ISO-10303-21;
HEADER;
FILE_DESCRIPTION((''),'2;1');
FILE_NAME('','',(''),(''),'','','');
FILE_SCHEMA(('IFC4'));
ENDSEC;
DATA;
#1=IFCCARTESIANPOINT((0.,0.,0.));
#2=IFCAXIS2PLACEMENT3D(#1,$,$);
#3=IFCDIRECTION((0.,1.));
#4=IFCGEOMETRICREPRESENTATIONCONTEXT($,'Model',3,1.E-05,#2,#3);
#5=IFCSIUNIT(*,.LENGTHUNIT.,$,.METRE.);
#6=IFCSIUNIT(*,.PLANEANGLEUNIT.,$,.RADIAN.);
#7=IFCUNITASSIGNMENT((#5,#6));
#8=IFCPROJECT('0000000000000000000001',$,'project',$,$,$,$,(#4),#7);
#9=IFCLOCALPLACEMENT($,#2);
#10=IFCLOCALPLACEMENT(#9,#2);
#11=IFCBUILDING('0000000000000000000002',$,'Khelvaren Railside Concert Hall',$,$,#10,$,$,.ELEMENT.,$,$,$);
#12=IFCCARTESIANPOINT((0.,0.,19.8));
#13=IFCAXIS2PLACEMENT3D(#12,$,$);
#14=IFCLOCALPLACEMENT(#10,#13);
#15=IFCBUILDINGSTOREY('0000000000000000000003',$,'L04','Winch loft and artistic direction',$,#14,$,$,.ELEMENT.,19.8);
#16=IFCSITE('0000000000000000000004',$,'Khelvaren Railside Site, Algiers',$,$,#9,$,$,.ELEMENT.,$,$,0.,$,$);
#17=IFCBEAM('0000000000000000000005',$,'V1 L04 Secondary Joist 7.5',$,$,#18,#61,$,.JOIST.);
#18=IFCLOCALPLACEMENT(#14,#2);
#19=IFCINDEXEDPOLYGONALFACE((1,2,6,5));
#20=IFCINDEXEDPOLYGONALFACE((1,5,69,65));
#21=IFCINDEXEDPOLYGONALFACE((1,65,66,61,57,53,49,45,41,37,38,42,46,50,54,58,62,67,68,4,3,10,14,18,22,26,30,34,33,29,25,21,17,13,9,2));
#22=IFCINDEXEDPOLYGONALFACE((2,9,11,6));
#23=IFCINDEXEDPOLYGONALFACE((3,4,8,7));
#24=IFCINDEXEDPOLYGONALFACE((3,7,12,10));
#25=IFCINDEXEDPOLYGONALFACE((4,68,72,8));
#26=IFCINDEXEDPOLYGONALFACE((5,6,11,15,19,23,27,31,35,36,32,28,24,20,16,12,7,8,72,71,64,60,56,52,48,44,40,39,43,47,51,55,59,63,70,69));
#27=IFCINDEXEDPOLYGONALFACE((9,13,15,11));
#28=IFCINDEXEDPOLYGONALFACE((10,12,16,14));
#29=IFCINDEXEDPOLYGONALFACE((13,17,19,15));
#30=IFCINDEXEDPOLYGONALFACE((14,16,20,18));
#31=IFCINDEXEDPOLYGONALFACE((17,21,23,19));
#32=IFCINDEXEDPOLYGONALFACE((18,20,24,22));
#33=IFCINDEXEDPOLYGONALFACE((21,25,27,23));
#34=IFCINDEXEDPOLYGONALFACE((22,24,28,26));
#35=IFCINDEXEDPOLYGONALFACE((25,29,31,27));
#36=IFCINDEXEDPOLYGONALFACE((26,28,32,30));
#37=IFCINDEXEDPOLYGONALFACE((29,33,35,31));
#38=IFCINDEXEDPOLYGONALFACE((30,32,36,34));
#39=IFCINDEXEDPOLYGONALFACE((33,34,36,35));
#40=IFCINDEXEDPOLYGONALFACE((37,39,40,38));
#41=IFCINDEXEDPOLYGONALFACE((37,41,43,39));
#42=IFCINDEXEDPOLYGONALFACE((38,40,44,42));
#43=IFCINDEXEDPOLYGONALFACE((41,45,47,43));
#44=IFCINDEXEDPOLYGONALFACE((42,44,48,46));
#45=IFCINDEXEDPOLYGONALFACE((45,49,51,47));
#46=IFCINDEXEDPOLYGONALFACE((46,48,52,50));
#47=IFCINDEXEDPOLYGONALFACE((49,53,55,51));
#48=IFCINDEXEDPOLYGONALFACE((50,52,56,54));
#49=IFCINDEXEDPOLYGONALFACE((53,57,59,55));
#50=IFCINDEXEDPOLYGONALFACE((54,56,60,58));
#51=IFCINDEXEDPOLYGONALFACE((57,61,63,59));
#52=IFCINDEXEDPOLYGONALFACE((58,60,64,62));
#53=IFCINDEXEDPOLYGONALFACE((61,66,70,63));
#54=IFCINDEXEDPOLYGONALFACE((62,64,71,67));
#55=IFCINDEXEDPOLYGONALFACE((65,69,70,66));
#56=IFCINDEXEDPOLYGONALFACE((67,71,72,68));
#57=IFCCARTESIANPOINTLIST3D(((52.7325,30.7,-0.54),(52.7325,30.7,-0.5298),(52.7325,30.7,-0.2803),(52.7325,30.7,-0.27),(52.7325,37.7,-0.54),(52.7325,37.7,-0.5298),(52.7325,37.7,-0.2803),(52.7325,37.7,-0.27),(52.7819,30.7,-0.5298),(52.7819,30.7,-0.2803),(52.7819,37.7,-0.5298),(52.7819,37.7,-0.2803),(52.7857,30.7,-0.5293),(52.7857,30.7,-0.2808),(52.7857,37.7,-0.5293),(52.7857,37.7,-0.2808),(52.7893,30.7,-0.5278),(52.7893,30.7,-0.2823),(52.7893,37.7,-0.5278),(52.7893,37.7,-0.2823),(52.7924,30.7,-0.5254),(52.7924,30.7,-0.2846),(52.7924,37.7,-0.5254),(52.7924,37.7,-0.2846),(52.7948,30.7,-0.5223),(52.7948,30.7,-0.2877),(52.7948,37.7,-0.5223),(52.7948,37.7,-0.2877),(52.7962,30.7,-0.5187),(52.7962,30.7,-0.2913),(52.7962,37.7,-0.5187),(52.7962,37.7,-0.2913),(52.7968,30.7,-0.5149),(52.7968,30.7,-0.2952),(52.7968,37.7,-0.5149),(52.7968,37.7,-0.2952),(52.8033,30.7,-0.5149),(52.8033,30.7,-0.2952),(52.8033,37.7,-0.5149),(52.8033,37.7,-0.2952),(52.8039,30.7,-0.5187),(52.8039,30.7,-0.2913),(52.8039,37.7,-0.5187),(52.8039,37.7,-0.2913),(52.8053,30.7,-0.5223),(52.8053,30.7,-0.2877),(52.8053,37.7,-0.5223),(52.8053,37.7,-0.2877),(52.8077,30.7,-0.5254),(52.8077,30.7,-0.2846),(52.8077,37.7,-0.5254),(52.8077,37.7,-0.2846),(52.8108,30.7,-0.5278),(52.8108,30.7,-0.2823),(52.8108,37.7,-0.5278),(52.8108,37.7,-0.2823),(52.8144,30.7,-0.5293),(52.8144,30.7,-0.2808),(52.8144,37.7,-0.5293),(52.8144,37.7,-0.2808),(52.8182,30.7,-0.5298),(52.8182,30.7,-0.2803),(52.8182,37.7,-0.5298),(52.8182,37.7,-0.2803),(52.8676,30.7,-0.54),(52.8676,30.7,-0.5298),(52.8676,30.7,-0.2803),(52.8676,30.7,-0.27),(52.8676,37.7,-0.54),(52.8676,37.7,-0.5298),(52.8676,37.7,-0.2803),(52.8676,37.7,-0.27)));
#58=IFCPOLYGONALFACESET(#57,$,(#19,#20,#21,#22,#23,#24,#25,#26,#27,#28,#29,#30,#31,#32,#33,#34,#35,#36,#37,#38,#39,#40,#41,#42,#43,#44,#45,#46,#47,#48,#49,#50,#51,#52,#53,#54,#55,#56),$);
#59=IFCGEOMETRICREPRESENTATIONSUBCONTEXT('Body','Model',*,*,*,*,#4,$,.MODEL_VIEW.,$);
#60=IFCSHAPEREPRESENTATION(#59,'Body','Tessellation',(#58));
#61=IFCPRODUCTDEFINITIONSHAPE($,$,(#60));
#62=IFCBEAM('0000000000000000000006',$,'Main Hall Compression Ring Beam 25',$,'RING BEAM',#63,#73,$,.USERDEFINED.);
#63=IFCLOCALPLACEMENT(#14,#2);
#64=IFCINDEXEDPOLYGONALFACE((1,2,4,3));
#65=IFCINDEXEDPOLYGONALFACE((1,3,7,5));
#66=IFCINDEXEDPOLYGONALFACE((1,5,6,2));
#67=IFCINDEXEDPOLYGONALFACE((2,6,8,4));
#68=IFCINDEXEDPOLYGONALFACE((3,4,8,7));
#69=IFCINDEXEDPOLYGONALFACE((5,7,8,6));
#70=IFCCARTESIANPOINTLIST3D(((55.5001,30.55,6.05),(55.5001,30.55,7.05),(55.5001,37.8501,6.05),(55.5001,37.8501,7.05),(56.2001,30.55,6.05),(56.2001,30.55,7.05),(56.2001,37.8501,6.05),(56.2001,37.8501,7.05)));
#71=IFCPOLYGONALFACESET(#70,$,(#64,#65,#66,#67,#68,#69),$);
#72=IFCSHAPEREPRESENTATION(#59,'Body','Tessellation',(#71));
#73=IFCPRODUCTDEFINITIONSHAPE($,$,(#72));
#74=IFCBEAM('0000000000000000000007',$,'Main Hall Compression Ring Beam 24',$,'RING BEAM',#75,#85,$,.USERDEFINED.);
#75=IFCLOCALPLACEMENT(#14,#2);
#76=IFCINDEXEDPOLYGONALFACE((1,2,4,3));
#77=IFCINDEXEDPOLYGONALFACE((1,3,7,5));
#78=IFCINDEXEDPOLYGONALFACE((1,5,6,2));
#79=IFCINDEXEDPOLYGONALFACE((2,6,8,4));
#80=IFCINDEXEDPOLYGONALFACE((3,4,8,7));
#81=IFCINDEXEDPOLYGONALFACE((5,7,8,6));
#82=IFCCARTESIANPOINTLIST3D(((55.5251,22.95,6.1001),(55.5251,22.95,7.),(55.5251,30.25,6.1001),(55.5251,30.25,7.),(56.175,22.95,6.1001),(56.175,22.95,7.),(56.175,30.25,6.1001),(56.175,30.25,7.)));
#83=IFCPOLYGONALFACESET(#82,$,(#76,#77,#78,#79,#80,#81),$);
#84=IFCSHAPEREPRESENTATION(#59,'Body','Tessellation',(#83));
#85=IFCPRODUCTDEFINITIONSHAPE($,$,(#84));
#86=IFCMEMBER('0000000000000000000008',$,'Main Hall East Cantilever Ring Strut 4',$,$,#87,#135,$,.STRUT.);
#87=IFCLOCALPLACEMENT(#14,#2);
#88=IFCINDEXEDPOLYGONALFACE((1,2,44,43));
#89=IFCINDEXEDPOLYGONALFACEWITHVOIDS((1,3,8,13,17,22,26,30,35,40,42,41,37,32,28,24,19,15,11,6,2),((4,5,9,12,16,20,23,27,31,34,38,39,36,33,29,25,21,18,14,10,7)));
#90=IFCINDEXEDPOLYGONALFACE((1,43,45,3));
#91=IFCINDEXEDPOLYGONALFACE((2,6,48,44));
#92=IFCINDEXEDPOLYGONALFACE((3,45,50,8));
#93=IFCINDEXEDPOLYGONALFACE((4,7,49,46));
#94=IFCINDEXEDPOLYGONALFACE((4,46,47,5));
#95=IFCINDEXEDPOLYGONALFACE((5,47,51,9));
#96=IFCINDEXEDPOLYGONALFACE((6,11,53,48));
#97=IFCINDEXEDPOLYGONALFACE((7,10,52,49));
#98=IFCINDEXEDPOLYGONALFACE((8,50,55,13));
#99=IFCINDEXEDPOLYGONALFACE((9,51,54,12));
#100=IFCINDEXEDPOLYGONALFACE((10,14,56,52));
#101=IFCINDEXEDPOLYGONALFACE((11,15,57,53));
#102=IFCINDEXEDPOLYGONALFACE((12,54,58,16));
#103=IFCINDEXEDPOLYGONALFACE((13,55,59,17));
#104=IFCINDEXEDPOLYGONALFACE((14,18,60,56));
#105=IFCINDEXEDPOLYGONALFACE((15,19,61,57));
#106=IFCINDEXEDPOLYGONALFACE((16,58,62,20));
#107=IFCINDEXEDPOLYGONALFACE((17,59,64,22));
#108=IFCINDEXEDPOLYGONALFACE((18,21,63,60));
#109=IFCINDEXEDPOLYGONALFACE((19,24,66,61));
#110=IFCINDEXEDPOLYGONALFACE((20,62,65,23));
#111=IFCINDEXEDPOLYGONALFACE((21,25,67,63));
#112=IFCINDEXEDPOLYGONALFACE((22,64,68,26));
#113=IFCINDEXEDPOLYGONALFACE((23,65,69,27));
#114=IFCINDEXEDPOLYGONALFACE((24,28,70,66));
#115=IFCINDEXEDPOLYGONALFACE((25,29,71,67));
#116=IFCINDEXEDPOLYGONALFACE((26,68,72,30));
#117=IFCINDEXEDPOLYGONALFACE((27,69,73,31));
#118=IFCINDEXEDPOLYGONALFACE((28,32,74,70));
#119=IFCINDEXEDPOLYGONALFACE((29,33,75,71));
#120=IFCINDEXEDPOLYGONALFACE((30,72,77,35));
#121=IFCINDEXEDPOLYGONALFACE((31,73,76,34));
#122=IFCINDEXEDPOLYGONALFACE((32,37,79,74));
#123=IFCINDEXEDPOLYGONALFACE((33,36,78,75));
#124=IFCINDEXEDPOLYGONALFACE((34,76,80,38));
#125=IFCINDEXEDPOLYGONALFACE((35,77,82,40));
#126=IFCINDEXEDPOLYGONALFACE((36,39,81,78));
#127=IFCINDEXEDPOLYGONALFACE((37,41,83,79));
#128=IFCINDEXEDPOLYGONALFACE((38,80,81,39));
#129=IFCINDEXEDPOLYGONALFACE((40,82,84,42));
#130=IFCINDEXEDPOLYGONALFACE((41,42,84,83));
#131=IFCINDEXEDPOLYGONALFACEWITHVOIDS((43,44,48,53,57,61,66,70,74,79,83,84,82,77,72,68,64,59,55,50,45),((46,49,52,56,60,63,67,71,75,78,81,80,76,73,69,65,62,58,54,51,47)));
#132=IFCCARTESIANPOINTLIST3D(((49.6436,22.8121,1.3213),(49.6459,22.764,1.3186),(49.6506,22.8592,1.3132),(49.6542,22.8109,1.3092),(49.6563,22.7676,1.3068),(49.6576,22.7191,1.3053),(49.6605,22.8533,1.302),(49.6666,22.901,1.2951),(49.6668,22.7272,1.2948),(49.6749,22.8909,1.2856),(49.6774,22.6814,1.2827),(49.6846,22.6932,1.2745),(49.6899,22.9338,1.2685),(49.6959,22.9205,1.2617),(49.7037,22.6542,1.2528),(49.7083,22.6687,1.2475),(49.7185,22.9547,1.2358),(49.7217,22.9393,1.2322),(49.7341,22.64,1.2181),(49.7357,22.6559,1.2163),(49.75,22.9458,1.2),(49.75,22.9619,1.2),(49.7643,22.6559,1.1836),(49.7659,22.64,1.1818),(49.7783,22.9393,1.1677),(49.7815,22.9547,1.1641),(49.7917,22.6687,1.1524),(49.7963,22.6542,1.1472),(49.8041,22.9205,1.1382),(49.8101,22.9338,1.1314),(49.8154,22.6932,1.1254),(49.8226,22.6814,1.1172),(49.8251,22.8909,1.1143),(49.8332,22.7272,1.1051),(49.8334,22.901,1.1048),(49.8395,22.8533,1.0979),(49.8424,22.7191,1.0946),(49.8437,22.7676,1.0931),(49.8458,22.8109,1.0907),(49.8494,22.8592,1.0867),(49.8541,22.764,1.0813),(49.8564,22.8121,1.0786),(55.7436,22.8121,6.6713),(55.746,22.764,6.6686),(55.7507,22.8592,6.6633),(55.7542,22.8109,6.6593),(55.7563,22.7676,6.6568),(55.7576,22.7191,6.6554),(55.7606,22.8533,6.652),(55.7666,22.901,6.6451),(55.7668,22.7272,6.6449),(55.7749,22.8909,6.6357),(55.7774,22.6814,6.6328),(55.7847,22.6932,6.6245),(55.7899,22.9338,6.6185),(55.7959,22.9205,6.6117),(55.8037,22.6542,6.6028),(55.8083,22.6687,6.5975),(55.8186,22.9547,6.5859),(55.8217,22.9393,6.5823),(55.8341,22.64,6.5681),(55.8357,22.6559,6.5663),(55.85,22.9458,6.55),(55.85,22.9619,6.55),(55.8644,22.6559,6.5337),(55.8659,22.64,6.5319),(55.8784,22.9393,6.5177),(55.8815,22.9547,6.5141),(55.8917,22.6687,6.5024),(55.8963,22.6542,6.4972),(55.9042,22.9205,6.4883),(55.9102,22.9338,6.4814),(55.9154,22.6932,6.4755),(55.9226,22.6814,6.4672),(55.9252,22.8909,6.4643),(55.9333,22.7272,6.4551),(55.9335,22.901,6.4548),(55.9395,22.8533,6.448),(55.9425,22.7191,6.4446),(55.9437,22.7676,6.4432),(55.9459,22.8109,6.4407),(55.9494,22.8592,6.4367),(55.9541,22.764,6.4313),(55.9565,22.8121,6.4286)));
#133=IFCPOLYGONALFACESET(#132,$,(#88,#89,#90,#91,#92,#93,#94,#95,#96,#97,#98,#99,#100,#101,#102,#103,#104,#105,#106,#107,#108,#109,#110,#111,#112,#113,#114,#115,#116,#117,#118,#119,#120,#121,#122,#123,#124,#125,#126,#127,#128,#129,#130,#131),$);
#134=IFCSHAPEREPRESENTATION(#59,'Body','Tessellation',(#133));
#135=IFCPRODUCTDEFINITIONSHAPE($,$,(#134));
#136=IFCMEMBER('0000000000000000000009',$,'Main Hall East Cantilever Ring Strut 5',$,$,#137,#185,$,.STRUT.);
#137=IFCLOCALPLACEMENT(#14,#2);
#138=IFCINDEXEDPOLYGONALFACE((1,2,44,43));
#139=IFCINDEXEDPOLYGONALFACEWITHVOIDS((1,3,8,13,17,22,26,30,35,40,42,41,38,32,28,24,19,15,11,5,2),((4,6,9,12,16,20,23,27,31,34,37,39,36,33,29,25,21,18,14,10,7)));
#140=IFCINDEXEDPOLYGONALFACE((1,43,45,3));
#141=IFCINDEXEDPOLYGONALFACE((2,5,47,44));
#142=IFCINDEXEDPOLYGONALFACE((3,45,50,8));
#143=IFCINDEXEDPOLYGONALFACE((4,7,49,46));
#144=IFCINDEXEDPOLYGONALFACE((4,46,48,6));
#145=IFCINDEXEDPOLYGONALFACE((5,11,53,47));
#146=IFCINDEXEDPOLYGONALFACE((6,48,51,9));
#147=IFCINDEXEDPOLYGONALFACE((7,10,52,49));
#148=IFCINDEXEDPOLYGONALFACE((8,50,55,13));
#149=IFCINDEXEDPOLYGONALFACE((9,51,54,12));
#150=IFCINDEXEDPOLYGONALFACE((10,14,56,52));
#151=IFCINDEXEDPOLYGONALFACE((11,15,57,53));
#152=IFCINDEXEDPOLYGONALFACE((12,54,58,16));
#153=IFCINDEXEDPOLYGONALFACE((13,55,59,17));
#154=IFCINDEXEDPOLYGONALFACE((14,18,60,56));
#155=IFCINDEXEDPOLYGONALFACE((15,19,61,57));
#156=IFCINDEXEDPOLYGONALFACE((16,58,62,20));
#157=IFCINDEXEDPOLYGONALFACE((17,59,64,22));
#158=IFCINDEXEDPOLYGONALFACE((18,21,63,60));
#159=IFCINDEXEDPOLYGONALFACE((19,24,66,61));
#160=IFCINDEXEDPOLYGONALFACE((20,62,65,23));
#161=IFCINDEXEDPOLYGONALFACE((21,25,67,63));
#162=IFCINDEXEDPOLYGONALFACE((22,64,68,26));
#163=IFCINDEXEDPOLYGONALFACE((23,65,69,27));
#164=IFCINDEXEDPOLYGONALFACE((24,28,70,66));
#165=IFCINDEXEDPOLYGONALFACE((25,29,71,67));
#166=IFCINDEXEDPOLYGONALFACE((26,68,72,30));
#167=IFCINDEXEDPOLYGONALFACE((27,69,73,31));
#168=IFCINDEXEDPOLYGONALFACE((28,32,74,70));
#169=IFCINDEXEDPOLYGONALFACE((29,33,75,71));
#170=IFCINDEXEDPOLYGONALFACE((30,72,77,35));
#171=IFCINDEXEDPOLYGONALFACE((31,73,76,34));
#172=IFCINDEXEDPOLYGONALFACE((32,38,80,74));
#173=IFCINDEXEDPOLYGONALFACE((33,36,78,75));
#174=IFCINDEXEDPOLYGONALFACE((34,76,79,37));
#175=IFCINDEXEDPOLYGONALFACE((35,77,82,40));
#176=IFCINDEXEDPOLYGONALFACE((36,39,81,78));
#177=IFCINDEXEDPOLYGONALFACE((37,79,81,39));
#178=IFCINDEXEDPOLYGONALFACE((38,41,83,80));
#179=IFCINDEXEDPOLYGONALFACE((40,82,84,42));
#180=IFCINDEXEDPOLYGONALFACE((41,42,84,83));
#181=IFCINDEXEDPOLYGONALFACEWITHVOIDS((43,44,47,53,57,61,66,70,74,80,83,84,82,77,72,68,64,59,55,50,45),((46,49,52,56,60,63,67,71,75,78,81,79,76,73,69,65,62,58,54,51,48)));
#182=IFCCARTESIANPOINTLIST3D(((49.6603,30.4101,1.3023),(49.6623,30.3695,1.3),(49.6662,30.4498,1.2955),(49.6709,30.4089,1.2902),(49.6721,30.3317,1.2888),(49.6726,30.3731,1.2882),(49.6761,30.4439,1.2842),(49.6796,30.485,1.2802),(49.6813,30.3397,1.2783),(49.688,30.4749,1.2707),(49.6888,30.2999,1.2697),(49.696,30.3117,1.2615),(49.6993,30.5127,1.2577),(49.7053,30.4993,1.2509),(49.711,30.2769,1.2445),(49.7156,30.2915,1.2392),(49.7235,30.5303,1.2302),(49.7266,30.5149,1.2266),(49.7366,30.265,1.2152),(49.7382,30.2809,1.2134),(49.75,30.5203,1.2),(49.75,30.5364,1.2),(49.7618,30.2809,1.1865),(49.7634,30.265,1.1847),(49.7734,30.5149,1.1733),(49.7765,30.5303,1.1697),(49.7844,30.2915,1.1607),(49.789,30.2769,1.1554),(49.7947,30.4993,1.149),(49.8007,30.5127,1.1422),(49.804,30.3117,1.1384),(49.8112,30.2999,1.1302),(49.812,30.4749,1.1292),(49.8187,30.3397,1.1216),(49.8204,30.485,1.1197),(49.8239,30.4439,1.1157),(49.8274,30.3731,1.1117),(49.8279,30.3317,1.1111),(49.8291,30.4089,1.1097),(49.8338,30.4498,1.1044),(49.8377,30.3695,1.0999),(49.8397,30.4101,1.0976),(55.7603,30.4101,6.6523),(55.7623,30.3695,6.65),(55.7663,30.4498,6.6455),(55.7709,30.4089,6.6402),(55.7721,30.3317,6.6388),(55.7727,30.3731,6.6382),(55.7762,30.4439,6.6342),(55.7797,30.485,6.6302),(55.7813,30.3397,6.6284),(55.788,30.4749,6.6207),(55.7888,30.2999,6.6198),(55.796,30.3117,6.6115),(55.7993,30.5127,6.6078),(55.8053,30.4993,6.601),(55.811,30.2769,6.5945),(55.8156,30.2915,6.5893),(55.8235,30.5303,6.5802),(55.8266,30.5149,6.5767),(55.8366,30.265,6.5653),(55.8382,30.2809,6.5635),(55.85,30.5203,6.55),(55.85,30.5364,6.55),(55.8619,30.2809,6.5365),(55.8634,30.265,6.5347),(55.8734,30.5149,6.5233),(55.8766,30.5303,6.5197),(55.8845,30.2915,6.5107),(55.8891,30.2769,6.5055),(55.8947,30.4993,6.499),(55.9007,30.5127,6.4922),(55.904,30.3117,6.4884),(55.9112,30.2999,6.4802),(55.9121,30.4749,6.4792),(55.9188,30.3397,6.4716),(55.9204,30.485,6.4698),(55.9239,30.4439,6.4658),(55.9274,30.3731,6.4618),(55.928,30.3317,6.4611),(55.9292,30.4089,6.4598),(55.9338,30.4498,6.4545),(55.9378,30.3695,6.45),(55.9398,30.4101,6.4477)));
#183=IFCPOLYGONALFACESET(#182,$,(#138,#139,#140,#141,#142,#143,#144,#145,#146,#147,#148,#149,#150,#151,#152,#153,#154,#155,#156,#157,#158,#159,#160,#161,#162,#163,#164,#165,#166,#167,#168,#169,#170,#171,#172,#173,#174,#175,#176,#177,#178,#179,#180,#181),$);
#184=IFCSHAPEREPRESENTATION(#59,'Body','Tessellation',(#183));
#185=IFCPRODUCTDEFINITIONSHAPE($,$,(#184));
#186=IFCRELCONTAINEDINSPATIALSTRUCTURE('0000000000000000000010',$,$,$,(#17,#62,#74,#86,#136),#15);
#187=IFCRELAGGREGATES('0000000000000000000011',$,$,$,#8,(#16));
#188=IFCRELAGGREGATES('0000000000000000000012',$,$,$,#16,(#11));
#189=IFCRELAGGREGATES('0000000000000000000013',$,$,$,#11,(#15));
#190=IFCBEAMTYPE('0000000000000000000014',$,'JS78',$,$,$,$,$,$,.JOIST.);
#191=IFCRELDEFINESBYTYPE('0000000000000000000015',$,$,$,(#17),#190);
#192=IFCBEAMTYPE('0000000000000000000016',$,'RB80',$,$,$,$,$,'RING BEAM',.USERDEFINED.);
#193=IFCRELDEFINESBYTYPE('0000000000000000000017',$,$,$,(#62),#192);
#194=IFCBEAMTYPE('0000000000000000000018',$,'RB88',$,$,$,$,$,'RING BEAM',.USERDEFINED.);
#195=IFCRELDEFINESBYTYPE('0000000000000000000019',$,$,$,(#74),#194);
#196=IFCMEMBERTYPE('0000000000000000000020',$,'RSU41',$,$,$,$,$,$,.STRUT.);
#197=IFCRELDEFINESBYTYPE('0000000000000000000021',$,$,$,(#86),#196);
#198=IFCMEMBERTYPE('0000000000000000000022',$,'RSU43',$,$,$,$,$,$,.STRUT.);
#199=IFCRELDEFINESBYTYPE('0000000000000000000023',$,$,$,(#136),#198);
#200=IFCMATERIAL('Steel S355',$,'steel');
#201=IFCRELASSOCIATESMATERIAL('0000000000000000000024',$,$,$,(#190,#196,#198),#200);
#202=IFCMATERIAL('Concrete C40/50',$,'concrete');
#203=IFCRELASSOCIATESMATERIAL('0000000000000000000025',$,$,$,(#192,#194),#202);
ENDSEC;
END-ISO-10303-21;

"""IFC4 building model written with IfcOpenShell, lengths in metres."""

from ifc_helpers import new_model, si_unit, direction, frame, origin, origin_2d, place, context, subcontext, project, spatial, rectangle, hollow_circle, i_section, extrude, material, material_profile, profile_set, type_object, element, save


model = new_model("IFC4")

# Units and contexts
model_context = context("Model", 3, precision=1e-05, world=origin(), true_north=direction((0.0, 1.0)))
body_context = subcontext(model_context, "Body", "Model", "MODEL_VIEW")
ifc_project = project(units=[si_unit("LENGTHUNIT", "METRE"), si_unit("PLANEANGLEUNIT", "RADIAN")], contexts=[model_context])

# Site, building, storey
site_placement = place(None, origin())
site = spatial("IfcSite", under=ifc_project, at=site_placement, Name="Khelvaren Railside Site, Algiers", CompositionType="ELEMENT", RefElevation=0.0)
building_placement = place(site_placement, origin())
building = spatial("IfcBuilding", under=site, at=building_placement, Name="Khelvaren Railside Concert Hall", CompositionType="ELEMENT")
storey_placement = place(building_placement, frame((0.0, 0.0, 19.8)))
storey = spatial("IfcBuildingStorey", under=building, at=storey_placement, Name="L04", Description="Winch loft and artistic direction", CompositionType="ELEMENT", Elevation=19.8)

# Shared definitions
ifc_material_1 = material(Name="Steel S355", Category="steel")

# Beams
ifc_material_2 = material(Name="Concrete C40/50", Category="concrete")
ifc_material_profile_1 = material_profile(ifc_material_1, i_section(OverallWidth=0.135, OverallDepth=0.27, WebThickness=0.0066, FlangeThickness=0.0103, FilletRadius=0.0149, at=origin_2d()), Name="IPE 270")
ifc_profile_set_1 = profile_set([ifc_material_profile_1], Name="Steel S355")
beam_type_1 = type_object("IfcBeamType", Name="JS78", PredefinedType="JOIST", material=ifc_profile_set_1)
beam_1_placement = place(storey_placement, frame((52.8, 30.7, -0.405), z_axis=(0.0, 1.0, 0.0), x_axis=(-1.0, 0.0, 0.0)))
element("IfcBeam", 1, at=beam_1_placement, inside=storey, type_object=beam_type_1, Name="V1 L04 Secondary Joist 7.5", PredefinedType="JOIST", context=body_context, shape_type="SweptSolid", body=[
    extrude(i_section(OverallWidth=0.135, OverallDepth=0.27, WebThickness=0.0066, FlangeThickness=0.0103, FilletRadius=0.0149, at=origin_2d()), origin(), (0.0, 0.0, 1.0), 7.0),
])
ifc_material_profile_2 = material_profile(ifc_material_2, rectangle(XDim=0.7, YDim=1.0, at=origin_2d()), Name="RCB 700x1000")
ifc_profile_set_2 = profile_set([ifc_material_profile_2], Name="Concrete C40/50")
beam_type_2 = type_object("IfcBeamType", Name="RB80", ElementType="RING BEAM", PredefinedType="USERDEFINED", material=ifc_profile_set_2)
beam_2_placement = place(storey_placement, frame((55.8501, 30.55, 6.55), z_axis=(0.0, 1.0, 0.0), x_axis=(-1.0, 0.0, 0.0)))
element("IfcBeam", 2, at=beam_2_placement, inside=storey, type_object=beam_type_2, Name="Main Hall Compression Ring Beam 25", ObjectType="RING BEAM", PredefinedType="USERDEFINED", context=body_context, shape_type="SweptSolid", body=[
    extrude(rectangle(XDim=0.7, YDim=1.0, at=origin_2d()), origin(), (0.0, 0.0, 1.0), 7.3),
])
ifc_material_profile_3 = material_profile(ifc_material_2, rectangle(XDim=0.6499, YDim=0.8999, at=origin_2d()), Name="RCB 650x900")
ifc_profile_set_3 = profile_set([ifc_material_profile_3], Name="Concrete C40/50")
beam_type_3 = type_object("IfcBeamType", Name="RB88", ElementType="RING BEAM", PredefinedType="USERDEFINED", material=ifc_profile_set_3)
beam_3_placement = place(storey_placement, frame((55.8501, 22.95, 6.55), z_axis=(0.0, 1.0, 0.0), x_axis=(-1.0, 0.0, 0.0)))
element("IfcBeam", 3, at=beam_3_placement, inside=storey, type_object=beam_type_3, Name="Main Hall Compression Ring Beam 24", ObjectType="RING BEAM", PredefinedType="USERDEFINED", context=body_context, shape_type="SweptSolid", body=[
    extrude(rectangle(XDim=0.6499, YDim=0.8999, at=origin_2d()), origin(), (0.0, 0.0, 1.0), 7.3),
])

# Members
ifc_material_profile_4 = material_profile(ifc_material_1, hollow_circle(Radius=0.1619, WallThickness=0.0161, at=origin_2d()), Name="CHS 323.9x16")
ifc_profile_set_4 = profile_set([ifc_material_profile_4], Name="Steel S355")
member_type_1 = type_object("IfcMemberType", Name="RSU41", PredefinedType="STRUT", material=ifc_profile_set_4)
member_1_placement = place(storey_placement, frame((49.75, 22.8, 1.2), z_axis=(0.751812, 0.0, 0.659378), x_axis=(0.0, 1.0, 0.0)))
element("IfcMember", 4, at=member_1_placement, inside=storey, type_object=member_type_1, Name="Main Hall East Cantilever Ring Strut 4", PredefinedType="STRUT", context=body_context, shape_type="SweptSolid", body=[
    extrude(hollow_circle(Radius=0.1619, WallThickness=0.0161, at=origin_2d()), origin(), (0.0, 0.0, 1.0), 8.1138),
])
ifc_material_profile_5 = material_profile(ifc_material_1, hollow_circle(Radius=0.1365, WallThickness=0.0161, at=origin_2d()), Name="CHS 273x16")
ifc_profile_set_5 = profile_set([ifc_material_profile_5], Name="Steel S355")
member_type_2 = type_object("IfcMemberType", Name="RSU43", PredefinedType="STRUT", material=ifc_profile_set_5)
member_2_placement = place(storey_placement, frame((49.75, 30.3999, 1.2), z_axis=(0.751812, 0.0, 0.659378), x_axis=(0.0, 1.0, 0.0)))
element("IfcMember", 5, at=member_2_placement, inside=storey, type_object=member_type_2, Name="Main Hall East Cantilever Ring Strut 5", PredefinedType="STRUT", context=body_context, shape_type="SweptSolid", body=[
    extrude(hollow_circle(Radius=0.1365, WallThickness=0.0161, at=origin_2d()), origin(), (0.0, 0.0, 1.0), 8.1138),
])

save(model, "model.ifc")
